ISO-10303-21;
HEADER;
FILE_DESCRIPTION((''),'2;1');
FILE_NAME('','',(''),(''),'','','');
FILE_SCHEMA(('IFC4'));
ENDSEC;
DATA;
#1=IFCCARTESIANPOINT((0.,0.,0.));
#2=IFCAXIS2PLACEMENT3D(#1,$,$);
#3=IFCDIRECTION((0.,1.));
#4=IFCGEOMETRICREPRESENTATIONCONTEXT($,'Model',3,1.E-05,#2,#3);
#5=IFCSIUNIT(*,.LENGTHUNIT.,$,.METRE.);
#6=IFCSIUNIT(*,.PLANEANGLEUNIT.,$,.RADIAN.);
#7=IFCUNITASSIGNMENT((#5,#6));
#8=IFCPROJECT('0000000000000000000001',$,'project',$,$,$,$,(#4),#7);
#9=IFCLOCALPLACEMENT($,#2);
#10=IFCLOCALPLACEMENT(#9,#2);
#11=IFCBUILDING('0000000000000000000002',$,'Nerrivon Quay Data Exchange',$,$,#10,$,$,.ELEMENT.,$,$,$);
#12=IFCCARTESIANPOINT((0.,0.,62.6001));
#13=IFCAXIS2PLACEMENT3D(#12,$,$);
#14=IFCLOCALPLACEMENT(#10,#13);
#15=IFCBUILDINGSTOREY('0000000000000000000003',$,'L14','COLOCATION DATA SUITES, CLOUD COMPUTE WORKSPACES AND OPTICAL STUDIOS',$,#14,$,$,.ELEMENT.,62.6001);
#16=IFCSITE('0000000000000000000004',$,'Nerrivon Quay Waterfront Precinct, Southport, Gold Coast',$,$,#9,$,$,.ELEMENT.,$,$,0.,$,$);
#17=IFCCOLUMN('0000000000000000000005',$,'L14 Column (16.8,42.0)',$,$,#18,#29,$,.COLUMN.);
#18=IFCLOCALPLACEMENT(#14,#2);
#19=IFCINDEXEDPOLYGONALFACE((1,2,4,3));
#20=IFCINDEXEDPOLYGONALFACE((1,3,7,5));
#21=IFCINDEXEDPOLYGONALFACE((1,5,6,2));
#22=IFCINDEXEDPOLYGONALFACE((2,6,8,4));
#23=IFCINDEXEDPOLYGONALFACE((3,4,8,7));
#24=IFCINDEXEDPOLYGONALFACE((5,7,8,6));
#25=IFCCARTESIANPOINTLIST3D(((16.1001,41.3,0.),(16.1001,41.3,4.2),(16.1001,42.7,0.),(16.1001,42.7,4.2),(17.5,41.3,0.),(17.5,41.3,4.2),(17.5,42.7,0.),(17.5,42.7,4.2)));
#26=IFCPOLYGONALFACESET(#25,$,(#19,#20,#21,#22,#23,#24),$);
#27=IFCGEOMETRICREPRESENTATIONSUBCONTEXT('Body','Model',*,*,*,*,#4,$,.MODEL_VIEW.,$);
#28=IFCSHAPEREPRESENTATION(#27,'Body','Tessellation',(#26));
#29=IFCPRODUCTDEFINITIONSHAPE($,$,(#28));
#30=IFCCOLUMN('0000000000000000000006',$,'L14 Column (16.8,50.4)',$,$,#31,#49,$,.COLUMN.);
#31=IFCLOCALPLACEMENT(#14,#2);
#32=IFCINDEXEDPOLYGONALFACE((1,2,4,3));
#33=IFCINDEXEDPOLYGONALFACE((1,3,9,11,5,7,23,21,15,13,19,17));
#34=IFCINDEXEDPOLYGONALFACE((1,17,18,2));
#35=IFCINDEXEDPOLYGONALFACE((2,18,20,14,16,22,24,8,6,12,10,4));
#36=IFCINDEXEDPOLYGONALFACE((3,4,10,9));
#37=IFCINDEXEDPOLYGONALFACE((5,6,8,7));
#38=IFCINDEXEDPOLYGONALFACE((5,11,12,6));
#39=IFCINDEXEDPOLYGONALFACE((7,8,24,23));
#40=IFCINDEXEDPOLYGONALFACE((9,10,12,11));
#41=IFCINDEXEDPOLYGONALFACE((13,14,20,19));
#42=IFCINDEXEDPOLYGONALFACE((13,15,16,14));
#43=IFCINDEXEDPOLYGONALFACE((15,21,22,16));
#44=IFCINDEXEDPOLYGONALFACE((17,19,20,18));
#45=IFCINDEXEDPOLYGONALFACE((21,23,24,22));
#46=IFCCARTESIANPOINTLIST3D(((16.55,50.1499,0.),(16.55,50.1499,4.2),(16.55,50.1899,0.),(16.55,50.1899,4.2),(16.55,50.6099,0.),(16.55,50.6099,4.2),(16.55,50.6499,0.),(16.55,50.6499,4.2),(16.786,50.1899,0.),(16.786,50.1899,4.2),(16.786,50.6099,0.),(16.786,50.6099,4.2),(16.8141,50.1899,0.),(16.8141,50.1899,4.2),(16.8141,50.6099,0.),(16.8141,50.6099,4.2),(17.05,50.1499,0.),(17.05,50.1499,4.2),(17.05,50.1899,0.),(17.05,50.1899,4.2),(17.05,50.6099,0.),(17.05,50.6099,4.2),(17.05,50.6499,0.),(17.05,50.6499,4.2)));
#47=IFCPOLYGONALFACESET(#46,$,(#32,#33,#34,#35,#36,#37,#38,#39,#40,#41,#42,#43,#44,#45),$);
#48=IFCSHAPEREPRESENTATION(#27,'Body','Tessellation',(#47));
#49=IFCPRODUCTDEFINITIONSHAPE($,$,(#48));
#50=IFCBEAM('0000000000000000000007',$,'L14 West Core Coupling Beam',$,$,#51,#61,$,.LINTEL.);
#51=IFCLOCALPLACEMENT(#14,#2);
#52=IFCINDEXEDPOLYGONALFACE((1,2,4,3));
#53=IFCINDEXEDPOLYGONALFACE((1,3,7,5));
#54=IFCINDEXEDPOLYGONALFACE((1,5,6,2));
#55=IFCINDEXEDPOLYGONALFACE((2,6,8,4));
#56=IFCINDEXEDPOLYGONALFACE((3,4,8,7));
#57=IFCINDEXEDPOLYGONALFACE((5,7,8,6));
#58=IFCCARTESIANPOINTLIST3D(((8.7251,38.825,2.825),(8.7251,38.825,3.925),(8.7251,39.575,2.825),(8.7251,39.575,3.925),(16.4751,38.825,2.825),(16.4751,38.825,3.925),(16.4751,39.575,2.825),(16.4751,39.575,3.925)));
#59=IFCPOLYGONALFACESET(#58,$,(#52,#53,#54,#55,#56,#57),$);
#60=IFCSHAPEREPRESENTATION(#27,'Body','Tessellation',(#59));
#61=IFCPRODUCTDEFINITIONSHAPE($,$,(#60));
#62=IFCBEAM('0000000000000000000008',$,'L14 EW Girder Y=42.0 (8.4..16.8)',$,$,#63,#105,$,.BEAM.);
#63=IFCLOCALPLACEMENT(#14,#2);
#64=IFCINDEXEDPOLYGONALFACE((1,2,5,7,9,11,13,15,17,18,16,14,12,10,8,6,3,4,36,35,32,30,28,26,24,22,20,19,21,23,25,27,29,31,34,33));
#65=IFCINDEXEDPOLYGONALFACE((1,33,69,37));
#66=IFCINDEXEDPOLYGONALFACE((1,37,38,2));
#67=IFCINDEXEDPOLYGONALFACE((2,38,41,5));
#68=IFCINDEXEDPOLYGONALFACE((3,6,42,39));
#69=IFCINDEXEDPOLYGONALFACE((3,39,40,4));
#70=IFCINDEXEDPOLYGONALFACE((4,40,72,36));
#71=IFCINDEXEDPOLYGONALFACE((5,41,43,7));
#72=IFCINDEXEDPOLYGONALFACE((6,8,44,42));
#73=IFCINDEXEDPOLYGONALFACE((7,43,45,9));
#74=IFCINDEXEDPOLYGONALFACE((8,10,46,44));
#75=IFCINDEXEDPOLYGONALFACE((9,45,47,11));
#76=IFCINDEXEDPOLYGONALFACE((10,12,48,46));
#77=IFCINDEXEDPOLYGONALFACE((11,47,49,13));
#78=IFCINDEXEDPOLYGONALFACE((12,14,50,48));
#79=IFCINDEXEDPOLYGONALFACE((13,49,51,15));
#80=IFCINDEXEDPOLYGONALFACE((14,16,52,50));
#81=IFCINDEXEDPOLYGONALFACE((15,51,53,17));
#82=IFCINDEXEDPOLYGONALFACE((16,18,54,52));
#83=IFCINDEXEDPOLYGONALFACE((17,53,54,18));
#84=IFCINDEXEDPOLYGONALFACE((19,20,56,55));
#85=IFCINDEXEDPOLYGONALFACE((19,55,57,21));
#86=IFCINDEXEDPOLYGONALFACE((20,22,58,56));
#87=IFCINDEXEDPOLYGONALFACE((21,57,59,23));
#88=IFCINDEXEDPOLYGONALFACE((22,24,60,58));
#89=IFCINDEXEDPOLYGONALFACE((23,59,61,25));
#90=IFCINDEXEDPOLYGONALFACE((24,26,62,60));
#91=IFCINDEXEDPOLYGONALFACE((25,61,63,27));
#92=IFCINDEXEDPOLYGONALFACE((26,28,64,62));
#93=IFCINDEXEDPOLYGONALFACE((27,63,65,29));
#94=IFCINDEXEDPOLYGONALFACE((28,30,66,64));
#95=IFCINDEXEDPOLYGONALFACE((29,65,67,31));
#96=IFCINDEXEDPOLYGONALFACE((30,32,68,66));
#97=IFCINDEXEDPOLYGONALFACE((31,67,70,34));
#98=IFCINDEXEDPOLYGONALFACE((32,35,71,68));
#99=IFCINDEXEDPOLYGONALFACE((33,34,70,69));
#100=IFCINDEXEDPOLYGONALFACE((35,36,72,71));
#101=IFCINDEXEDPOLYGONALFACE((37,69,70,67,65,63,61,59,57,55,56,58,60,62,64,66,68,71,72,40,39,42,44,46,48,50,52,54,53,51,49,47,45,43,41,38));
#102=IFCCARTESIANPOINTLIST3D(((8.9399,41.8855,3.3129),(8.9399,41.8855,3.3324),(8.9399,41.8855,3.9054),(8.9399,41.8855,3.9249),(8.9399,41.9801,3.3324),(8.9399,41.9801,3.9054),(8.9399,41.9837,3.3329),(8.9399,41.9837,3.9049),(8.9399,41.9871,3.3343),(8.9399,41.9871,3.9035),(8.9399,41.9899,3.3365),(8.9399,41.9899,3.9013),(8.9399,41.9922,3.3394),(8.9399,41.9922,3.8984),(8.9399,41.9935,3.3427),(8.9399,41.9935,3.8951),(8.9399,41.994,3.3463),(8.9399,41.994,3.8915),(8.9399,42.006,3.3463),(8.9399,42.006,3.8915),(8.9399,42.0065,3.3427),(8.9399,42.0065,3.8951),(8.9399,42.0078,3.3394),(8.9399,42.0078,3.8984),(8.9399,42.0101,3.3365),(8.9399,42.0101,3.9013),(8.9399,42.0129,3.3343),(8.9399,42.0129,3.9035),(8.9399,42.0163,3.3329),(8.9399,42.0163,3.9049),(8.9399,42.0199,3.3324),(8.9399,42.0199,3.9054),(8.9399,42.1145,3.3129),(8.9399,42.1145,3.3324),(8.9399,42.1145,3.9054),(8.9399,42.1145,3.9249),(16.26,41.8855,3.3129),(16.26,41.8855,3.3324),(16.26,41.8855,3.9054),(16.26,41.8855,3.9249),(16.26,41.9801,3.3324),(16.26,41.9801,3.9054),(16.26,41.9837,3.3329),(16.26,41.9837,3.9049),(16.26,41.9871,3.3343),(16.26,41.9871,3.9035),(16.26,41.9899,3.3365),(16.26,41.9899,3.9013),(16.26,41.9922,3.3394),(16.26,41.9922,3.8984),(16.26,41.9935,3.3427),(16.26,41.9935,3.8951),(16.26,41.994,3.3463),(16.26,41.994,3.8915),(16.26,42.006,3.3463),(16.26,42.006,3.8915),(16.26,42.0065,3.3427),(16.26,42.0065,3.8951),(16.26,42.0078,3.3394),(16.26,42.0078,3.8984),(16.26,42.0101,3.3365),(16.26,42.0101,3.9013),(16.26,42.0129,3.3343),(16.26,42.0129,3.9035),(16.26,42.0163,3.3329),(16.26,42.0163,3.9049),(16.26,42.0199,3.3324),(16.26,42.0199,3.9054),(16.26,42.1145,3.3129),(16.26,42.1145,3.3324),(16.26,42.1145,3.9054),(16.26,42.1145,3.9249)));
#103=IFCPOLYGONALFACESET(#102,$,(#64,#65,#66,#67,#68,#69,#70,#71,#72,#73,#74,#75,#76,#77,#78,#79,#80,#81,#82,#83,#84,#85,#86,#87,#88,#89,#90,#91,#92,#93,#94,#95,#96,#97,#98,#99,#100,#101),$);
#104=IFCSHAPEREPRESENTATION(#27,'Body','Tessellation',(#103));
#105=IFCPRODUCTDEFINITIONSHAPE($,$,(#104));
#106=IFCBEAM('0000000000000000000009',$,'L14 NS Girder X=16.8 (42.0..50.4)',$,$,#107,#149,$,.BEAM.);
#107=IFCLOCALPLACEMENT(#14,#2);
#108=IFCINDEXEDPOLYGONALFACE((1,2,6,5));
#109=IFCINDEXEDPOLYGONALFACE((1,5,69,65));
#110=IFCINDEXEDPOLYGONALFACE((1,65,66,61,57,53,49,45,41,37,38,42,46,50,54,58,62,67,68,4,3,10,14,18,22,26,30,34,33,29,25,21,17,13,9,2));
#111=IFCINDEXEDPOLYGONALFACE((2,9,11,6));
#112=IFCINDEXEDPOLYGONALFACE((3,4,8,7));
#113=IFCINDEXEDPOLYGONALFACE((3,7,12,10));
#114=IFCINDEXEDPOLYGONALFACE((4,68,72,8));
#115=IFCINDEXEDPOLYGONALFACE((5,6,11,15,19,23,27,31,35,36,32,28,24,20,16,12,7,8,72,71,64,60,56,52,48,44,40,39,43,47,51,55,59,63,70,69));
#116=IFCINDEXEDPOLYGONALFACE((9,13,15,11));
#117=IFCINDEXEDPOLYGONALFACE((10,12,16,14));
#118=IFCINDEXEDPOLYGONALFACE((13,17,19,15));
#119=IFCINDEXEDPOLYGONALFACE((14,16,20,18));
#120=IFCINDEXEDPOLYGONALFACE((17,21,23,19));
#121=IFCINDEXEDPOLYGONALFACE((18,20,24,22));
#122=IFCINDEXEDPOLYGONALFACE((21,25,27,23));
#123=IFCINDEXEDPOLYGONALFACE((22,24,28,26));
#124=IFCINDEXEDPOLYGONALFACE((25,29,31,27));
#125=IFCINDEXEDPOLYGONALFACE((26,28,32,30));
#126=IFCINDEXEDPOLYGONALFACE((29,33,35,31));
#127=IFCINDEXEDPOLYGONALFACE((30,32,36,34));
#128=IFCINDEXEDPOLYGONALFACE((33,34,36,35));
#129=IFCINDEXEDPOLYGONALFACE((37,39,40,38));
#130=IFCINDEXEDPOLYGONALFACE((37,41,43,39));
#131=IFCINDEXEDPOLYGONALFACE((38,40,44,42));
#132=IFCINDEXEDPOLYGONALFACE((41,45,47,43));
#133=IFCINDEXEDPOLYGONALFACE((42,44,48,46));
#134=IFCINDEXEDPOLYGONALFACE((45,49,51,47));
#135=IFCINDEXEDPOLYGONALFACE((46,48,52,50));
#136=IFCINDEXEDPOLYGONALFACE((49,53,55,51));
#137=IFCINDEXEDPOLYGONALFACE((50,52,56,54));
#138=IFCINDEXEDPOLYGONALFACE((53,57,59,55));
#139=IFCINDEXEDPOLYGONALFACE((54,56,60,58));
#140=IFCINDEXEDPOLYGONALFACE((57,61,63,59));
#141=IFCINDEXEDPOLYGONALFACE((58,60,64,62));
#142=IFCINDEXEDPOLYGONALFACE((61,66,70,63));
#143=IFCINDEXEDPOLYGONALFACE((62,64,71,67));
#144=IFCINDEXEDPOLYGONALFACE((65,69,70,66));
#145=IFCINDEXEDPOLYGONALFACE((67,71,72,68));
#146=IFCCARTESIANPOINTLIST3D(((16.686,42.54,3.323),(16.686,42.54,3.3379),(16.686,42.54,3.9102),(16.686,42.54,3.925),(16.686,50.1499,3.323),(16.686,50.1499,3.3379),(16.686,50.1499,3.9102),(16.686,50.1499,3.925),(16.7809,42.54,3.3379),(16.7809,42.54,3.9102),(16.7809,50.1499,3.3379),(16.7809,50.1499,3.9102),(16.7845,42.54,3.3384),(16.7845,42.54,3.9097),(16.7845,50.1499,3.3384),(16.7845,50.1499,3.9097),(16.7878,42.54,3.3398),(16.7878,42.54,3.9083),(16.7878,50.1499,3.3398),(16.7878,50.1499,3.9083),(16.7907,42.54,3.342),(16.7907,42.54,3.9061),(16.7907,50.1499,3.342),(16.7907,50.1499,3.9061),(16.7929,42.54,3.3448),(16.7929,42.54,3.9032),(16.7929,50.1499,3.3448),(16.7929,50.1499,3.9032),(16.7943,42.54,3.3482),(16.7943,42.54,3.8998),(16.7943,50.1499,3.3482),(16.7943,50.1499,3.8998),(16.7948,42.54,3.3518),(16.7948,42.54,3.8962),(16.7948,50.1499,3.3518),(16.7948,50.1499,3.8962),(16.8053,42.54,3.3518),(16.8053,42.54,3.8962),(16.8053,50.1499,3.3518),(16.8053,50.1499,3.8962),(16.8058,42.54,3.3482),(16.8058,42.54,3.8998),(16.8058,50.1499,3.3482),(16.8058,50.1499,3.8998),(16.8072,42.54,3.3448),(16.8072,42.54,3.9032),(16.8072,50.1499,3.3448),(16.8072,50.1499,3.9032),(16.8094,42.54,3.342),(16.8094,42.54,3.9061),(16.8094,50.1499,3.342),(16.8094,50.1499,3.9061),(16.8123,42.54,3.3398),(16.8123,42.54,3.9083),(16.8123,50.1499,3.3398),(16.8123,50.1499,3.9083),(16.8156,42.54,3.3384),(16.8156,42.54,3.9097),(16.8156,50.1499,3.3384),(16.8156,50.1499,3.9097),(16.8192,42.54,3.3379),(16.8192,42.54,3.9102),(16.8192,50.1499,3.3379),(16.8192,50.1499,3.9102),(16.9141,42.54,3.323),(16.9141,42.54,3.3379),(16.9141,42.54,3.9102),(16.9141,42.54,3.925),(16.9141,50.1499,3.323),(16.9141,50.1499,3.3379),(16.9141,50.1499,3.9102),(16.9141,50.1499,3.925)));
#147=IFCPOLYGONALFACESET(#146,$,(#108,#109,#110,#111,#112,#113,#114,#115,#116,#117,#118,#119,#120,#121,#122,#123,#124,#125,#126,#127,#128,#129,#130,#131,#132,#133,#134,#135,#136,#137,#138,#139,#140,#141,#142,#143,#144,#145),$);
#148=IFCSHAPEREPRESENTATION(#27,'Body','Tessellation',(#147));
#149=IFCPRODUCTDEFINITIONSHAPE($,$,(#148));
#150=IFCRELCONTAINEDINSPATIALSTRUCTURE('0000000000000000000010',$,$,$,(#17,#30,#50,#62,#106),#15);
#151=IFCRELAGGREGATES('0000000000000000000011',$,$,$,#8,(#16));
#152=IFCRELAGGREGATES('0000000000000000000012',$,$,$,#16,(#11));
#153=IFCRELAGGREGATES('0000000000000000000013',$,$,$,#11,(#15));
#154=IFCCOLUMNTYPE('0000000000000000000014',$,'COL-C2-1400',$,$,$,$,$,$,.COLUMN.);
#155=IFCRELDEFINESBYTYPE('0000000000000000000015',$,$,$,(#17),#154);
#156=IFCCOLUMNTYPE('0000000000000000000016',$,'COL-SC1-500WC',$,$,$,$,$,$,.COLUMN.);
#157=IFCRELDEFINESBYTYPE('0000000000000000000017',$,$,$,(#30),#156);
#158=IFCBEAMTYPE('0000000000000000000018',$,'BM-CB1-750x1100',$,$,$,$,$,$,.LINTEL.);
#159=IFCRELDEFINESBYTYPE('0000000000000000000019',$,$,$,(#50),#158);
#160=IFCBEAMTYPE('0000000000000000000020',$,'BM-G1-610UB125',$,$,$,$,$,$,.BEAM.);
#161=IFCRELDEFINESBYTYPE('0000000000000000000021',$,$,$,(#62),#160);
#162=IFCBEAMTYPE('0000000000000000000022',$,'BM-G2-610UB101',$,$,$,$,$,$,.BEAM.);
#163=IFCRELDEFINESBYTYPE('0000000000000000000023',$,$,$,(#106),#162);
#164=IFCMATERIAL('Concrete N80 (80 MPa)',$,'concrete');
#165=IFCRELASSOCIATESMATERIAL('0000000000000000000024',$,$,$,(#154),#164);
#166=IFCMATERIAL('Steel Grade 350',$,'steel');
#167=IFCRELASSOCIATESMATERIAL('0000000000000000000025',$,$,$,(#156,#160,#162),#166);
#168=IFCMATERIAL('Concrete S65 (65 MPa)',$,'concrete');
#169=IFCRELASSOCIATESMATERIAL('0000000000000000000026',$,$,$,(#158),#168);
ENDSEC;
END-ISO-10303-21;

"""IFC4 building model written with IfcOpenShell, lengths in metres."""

from ifc_helpers import new_model, si_unit, direction, frame, origin, origin_2d, place, context, subcontext, project, spatial, rectangle, i_section, extrude, material, material_profile, profile_set, type_object, element, save


model = new_model("IFC4")

# Units and contexts
model_context = context("Model", 3, precision=1e-05, world=origin(), true_north=direction((0.0, 1.0)))
body_context = subcontext(model_context, "Body", "Model", "MODEL_VIEW")
ifc_project = project(units=[si_unit("LENGTHUNIT", "METRE"), si_unit("PLANEANGLEUNIT", "RADIAN")], contexts=[model_context])

# Site, building, storey
site_placement = place(None, origin())
site = spatial("IfcSite", under=ifc_project, at=site_placement, Name="Nerrivon Quay Waterfront Precinct, Southport, Gold Coast", CompositionType="ELEMENT", RefElevation=0.0)
building_placement = place(site_placement, origin())
building = spatial("IfcBuilding", under=site, at=building_placement, Name="Nerrivon Quay Data Exchange", CompositionType="ELEMENT")
storey_placement = place(building_placement, frame((0.0, 0.0, 62.6001)))
storey = spatial("IfcBuildingStorey", under=building, at=storey_placement, Name="L14", Description="COLOCATION DATA SUITES, CLOUD COMPUTE WORKSPACES AND OPTICAL STUDIOS", CompositionType="ELEMENT", Elevation=62.6001)

# Columns
ifc_material_1 = material(Name="Concrete N80 (80 MPa)", Category="concrete")
ifc_material_profile_1 = material_profile(ifc_material_1, rectangle(XDim=1.3999, YDim=1.3999, at=origin_2d()), Name="RC-COL-1400x1400")
ifc_profile_set_1 = profile_set([ifc_material_profile_1], Name="Concrete N80 (80 MPa)")
column_type_1 = type_object("IfcColumnType", Name="COL-C2-1400", PredefinedType="COLUMN", material=ifc_profile_set_1)
column_1_placement = place(storey_placement, frame((16.8, 42.0, 0.0), z_axis=(0.0, 0.0, 1.0), x_axis=(1.0, 0.0, 0.0)))
element("IfcColumn", 1, at=column_1_placement, inside=storey, type_object=column_type_1, Name="L14 Column (16.8,42.0)", PredefinedType="COLUMN", context=body_context, shape_type="SweptSolid", body=[
    extrude(rectangle(XDim=1.3999, YDim=1.3999, at=origin_2d()), origin(), (0.0, 0.0, 1.0), 4.2),
])
ifc_material_2 = material(Name="Steel Grade 350", Category="steel")
ifc_material_profile_2 = material_profile(ifc_material_2, i_section(OverallWidth=0.5, OverallDepth=0.5, WebThickness=0.0281, FlangeThickness=0.04, at=origin_2d()), Name="500WC440")
ifc_profile_set_2 = profile_set([ifc_material_profile_2], Name="Steel Grade 350")
column_type_2 = type_object("IfcColumnType", Name="COL-SC1-500WC", PredefinedType="COLUMN", material=ifc_profile_set_2)
column_2_placement = place(storey_placement, frame((16.8, 50.3999, 0.0), z_axis=(0.0, 0.0, 1.0), x_axis=(1.0, 0.0, 0.0)))
element("IfcColumn", 2, at=column_2_placement, inside=storey, type_object=column_type_2, Name="L14 Column (16.8,50.4)", PredefinedType="COLUMN", context=body_context, shape_type="SweptSolid", body=[
    extrude(i_section(OverallWidth=0.5, OverallDepth=0.5, WebThickness=0.0281, FlangeThickness=0.04, at=origin_2d()), origin(), (0.0, 0.0, 1.0), 4.2),
])

# Beams
ifc_material_3 = material(Name="Concrete S65 (65 MPa)", Category="concrete")
ifc_material_profile_3 = material_profile(ifc_material_3, rectangle(XDim=0.75, YDim=1.1001, at=origin_2d()), Name="RC-CB-750x1100")
ifc_profile_set_3 = profile_set([ifc_material_profile_3], Name="Concrete S65 (65 MPa)")
beam_type_1 = type_object("IfcBeamType", Name="BM-CB1-750x1100", PredefinedType="LINTEL", material=ifc_profile_set_3)
beam_1_placement = place(storey_placement, frame((8.7251, 39.2, 3.375), z_axis=(1.0, 0.0, 0.0), x_axis=(0.0, 1.0, 0.0)))
element("IfcBeam", 3, at=beam_1_placement, inside=storey, type_object=beam_type_1, Name="L14 West Core Coupling Beam", PredefinedType="LINTEL", context=body_context, shape_type="SweptSolid", body=[
    extrude(rectangle(XDim=0.75, YDim=1.1001, at=origin_2d()), origin(), (0.0, 0.0, 1.0), 7.75),
])
ifc_material_profile_4 = material_profile(ifc_material_2, i_section(OverallWidth=0.229, OverallDepth=0.6121, WebThickness=0.012, FlangeThickness=0.0195, FilletRadius=0.0139, at=origin_2d()), Name="610UB125")
ifc_profile_set_4 = profile_set([ifc_material_profile_4], Name="Steel Grade 350")
beam_type_2 = type_object("IfcBeamType", Name="BM-G1-610UB125", PredefinedType="BEAM", material=ifc_profile_set_4)
beam_2_placement = place(storey_placement, frame((8.9399, 42.0, 3.6189), z_axis=(1.0, 0.0, 0.0), x_axis=(0.0, 1.0, 0.0)))
element("IfcBeam", 4, at=beam_2_placement, inside=storey, type_object=beam_type_2, Name="L14 EW Girder Y=42.0 (8.4..16.8)", PredefinedType="BEAM", context=body_context, shape_type="SweptSolid", body=[
    extrude(i_section(OverallWidth=0.229, OverallDepth=0.6121, WebThickness=0.012, FlangeThickness=0.0195, FilletRadius=0.0139, at=origin_2d()), origin(), (0.0, 0.0, 1.0), 7.3201),
])
ifc_material_profile_5 = material_profile(ifc_material_2, i_section(OverallWidth=0.228, OverallDepth=0.6021, WebThickness=0.0105, FlangeThickness=0.0149, FilletRadius=0.0139, at=origin_2d()), Name="610UB101")
ifc_profile_set_5 = profile_set([ifc_material_profile_5], Name="Steel Grade 350")
beam_type_3 = type_object("IfcBeamType", Name="BM-G2-610UB101", PredefinedType="BEAM", material=ifc_profile_set_5)
beam_3_placement = place(storey_placement, frame((16.8, 42.54, 3.624), z_axis=(0.0, 1.0, 0.0), x_axis=(-1.0, 0.0, 0.0)))
element("IfcBeam", 5, at=beam_3_placement, inside=storey, type_object=beam_type_3, Name="L14 NS Girder X=16.8 (42.0..50.4)", PredefinedType="BEAM", context=body_context, shape_type="SweptSolid", body=[
    extrude(i_section(OverallWidth=0.228, OverallDepth=0.6021, WebThickness=0.0105, FlangeThickness=0.0149, FilletRadius=0.0139, at=origin_2d()), origin(), (0.0, 0.0, 1.0), 7.6099),
])

save(model, "model.ifc")
